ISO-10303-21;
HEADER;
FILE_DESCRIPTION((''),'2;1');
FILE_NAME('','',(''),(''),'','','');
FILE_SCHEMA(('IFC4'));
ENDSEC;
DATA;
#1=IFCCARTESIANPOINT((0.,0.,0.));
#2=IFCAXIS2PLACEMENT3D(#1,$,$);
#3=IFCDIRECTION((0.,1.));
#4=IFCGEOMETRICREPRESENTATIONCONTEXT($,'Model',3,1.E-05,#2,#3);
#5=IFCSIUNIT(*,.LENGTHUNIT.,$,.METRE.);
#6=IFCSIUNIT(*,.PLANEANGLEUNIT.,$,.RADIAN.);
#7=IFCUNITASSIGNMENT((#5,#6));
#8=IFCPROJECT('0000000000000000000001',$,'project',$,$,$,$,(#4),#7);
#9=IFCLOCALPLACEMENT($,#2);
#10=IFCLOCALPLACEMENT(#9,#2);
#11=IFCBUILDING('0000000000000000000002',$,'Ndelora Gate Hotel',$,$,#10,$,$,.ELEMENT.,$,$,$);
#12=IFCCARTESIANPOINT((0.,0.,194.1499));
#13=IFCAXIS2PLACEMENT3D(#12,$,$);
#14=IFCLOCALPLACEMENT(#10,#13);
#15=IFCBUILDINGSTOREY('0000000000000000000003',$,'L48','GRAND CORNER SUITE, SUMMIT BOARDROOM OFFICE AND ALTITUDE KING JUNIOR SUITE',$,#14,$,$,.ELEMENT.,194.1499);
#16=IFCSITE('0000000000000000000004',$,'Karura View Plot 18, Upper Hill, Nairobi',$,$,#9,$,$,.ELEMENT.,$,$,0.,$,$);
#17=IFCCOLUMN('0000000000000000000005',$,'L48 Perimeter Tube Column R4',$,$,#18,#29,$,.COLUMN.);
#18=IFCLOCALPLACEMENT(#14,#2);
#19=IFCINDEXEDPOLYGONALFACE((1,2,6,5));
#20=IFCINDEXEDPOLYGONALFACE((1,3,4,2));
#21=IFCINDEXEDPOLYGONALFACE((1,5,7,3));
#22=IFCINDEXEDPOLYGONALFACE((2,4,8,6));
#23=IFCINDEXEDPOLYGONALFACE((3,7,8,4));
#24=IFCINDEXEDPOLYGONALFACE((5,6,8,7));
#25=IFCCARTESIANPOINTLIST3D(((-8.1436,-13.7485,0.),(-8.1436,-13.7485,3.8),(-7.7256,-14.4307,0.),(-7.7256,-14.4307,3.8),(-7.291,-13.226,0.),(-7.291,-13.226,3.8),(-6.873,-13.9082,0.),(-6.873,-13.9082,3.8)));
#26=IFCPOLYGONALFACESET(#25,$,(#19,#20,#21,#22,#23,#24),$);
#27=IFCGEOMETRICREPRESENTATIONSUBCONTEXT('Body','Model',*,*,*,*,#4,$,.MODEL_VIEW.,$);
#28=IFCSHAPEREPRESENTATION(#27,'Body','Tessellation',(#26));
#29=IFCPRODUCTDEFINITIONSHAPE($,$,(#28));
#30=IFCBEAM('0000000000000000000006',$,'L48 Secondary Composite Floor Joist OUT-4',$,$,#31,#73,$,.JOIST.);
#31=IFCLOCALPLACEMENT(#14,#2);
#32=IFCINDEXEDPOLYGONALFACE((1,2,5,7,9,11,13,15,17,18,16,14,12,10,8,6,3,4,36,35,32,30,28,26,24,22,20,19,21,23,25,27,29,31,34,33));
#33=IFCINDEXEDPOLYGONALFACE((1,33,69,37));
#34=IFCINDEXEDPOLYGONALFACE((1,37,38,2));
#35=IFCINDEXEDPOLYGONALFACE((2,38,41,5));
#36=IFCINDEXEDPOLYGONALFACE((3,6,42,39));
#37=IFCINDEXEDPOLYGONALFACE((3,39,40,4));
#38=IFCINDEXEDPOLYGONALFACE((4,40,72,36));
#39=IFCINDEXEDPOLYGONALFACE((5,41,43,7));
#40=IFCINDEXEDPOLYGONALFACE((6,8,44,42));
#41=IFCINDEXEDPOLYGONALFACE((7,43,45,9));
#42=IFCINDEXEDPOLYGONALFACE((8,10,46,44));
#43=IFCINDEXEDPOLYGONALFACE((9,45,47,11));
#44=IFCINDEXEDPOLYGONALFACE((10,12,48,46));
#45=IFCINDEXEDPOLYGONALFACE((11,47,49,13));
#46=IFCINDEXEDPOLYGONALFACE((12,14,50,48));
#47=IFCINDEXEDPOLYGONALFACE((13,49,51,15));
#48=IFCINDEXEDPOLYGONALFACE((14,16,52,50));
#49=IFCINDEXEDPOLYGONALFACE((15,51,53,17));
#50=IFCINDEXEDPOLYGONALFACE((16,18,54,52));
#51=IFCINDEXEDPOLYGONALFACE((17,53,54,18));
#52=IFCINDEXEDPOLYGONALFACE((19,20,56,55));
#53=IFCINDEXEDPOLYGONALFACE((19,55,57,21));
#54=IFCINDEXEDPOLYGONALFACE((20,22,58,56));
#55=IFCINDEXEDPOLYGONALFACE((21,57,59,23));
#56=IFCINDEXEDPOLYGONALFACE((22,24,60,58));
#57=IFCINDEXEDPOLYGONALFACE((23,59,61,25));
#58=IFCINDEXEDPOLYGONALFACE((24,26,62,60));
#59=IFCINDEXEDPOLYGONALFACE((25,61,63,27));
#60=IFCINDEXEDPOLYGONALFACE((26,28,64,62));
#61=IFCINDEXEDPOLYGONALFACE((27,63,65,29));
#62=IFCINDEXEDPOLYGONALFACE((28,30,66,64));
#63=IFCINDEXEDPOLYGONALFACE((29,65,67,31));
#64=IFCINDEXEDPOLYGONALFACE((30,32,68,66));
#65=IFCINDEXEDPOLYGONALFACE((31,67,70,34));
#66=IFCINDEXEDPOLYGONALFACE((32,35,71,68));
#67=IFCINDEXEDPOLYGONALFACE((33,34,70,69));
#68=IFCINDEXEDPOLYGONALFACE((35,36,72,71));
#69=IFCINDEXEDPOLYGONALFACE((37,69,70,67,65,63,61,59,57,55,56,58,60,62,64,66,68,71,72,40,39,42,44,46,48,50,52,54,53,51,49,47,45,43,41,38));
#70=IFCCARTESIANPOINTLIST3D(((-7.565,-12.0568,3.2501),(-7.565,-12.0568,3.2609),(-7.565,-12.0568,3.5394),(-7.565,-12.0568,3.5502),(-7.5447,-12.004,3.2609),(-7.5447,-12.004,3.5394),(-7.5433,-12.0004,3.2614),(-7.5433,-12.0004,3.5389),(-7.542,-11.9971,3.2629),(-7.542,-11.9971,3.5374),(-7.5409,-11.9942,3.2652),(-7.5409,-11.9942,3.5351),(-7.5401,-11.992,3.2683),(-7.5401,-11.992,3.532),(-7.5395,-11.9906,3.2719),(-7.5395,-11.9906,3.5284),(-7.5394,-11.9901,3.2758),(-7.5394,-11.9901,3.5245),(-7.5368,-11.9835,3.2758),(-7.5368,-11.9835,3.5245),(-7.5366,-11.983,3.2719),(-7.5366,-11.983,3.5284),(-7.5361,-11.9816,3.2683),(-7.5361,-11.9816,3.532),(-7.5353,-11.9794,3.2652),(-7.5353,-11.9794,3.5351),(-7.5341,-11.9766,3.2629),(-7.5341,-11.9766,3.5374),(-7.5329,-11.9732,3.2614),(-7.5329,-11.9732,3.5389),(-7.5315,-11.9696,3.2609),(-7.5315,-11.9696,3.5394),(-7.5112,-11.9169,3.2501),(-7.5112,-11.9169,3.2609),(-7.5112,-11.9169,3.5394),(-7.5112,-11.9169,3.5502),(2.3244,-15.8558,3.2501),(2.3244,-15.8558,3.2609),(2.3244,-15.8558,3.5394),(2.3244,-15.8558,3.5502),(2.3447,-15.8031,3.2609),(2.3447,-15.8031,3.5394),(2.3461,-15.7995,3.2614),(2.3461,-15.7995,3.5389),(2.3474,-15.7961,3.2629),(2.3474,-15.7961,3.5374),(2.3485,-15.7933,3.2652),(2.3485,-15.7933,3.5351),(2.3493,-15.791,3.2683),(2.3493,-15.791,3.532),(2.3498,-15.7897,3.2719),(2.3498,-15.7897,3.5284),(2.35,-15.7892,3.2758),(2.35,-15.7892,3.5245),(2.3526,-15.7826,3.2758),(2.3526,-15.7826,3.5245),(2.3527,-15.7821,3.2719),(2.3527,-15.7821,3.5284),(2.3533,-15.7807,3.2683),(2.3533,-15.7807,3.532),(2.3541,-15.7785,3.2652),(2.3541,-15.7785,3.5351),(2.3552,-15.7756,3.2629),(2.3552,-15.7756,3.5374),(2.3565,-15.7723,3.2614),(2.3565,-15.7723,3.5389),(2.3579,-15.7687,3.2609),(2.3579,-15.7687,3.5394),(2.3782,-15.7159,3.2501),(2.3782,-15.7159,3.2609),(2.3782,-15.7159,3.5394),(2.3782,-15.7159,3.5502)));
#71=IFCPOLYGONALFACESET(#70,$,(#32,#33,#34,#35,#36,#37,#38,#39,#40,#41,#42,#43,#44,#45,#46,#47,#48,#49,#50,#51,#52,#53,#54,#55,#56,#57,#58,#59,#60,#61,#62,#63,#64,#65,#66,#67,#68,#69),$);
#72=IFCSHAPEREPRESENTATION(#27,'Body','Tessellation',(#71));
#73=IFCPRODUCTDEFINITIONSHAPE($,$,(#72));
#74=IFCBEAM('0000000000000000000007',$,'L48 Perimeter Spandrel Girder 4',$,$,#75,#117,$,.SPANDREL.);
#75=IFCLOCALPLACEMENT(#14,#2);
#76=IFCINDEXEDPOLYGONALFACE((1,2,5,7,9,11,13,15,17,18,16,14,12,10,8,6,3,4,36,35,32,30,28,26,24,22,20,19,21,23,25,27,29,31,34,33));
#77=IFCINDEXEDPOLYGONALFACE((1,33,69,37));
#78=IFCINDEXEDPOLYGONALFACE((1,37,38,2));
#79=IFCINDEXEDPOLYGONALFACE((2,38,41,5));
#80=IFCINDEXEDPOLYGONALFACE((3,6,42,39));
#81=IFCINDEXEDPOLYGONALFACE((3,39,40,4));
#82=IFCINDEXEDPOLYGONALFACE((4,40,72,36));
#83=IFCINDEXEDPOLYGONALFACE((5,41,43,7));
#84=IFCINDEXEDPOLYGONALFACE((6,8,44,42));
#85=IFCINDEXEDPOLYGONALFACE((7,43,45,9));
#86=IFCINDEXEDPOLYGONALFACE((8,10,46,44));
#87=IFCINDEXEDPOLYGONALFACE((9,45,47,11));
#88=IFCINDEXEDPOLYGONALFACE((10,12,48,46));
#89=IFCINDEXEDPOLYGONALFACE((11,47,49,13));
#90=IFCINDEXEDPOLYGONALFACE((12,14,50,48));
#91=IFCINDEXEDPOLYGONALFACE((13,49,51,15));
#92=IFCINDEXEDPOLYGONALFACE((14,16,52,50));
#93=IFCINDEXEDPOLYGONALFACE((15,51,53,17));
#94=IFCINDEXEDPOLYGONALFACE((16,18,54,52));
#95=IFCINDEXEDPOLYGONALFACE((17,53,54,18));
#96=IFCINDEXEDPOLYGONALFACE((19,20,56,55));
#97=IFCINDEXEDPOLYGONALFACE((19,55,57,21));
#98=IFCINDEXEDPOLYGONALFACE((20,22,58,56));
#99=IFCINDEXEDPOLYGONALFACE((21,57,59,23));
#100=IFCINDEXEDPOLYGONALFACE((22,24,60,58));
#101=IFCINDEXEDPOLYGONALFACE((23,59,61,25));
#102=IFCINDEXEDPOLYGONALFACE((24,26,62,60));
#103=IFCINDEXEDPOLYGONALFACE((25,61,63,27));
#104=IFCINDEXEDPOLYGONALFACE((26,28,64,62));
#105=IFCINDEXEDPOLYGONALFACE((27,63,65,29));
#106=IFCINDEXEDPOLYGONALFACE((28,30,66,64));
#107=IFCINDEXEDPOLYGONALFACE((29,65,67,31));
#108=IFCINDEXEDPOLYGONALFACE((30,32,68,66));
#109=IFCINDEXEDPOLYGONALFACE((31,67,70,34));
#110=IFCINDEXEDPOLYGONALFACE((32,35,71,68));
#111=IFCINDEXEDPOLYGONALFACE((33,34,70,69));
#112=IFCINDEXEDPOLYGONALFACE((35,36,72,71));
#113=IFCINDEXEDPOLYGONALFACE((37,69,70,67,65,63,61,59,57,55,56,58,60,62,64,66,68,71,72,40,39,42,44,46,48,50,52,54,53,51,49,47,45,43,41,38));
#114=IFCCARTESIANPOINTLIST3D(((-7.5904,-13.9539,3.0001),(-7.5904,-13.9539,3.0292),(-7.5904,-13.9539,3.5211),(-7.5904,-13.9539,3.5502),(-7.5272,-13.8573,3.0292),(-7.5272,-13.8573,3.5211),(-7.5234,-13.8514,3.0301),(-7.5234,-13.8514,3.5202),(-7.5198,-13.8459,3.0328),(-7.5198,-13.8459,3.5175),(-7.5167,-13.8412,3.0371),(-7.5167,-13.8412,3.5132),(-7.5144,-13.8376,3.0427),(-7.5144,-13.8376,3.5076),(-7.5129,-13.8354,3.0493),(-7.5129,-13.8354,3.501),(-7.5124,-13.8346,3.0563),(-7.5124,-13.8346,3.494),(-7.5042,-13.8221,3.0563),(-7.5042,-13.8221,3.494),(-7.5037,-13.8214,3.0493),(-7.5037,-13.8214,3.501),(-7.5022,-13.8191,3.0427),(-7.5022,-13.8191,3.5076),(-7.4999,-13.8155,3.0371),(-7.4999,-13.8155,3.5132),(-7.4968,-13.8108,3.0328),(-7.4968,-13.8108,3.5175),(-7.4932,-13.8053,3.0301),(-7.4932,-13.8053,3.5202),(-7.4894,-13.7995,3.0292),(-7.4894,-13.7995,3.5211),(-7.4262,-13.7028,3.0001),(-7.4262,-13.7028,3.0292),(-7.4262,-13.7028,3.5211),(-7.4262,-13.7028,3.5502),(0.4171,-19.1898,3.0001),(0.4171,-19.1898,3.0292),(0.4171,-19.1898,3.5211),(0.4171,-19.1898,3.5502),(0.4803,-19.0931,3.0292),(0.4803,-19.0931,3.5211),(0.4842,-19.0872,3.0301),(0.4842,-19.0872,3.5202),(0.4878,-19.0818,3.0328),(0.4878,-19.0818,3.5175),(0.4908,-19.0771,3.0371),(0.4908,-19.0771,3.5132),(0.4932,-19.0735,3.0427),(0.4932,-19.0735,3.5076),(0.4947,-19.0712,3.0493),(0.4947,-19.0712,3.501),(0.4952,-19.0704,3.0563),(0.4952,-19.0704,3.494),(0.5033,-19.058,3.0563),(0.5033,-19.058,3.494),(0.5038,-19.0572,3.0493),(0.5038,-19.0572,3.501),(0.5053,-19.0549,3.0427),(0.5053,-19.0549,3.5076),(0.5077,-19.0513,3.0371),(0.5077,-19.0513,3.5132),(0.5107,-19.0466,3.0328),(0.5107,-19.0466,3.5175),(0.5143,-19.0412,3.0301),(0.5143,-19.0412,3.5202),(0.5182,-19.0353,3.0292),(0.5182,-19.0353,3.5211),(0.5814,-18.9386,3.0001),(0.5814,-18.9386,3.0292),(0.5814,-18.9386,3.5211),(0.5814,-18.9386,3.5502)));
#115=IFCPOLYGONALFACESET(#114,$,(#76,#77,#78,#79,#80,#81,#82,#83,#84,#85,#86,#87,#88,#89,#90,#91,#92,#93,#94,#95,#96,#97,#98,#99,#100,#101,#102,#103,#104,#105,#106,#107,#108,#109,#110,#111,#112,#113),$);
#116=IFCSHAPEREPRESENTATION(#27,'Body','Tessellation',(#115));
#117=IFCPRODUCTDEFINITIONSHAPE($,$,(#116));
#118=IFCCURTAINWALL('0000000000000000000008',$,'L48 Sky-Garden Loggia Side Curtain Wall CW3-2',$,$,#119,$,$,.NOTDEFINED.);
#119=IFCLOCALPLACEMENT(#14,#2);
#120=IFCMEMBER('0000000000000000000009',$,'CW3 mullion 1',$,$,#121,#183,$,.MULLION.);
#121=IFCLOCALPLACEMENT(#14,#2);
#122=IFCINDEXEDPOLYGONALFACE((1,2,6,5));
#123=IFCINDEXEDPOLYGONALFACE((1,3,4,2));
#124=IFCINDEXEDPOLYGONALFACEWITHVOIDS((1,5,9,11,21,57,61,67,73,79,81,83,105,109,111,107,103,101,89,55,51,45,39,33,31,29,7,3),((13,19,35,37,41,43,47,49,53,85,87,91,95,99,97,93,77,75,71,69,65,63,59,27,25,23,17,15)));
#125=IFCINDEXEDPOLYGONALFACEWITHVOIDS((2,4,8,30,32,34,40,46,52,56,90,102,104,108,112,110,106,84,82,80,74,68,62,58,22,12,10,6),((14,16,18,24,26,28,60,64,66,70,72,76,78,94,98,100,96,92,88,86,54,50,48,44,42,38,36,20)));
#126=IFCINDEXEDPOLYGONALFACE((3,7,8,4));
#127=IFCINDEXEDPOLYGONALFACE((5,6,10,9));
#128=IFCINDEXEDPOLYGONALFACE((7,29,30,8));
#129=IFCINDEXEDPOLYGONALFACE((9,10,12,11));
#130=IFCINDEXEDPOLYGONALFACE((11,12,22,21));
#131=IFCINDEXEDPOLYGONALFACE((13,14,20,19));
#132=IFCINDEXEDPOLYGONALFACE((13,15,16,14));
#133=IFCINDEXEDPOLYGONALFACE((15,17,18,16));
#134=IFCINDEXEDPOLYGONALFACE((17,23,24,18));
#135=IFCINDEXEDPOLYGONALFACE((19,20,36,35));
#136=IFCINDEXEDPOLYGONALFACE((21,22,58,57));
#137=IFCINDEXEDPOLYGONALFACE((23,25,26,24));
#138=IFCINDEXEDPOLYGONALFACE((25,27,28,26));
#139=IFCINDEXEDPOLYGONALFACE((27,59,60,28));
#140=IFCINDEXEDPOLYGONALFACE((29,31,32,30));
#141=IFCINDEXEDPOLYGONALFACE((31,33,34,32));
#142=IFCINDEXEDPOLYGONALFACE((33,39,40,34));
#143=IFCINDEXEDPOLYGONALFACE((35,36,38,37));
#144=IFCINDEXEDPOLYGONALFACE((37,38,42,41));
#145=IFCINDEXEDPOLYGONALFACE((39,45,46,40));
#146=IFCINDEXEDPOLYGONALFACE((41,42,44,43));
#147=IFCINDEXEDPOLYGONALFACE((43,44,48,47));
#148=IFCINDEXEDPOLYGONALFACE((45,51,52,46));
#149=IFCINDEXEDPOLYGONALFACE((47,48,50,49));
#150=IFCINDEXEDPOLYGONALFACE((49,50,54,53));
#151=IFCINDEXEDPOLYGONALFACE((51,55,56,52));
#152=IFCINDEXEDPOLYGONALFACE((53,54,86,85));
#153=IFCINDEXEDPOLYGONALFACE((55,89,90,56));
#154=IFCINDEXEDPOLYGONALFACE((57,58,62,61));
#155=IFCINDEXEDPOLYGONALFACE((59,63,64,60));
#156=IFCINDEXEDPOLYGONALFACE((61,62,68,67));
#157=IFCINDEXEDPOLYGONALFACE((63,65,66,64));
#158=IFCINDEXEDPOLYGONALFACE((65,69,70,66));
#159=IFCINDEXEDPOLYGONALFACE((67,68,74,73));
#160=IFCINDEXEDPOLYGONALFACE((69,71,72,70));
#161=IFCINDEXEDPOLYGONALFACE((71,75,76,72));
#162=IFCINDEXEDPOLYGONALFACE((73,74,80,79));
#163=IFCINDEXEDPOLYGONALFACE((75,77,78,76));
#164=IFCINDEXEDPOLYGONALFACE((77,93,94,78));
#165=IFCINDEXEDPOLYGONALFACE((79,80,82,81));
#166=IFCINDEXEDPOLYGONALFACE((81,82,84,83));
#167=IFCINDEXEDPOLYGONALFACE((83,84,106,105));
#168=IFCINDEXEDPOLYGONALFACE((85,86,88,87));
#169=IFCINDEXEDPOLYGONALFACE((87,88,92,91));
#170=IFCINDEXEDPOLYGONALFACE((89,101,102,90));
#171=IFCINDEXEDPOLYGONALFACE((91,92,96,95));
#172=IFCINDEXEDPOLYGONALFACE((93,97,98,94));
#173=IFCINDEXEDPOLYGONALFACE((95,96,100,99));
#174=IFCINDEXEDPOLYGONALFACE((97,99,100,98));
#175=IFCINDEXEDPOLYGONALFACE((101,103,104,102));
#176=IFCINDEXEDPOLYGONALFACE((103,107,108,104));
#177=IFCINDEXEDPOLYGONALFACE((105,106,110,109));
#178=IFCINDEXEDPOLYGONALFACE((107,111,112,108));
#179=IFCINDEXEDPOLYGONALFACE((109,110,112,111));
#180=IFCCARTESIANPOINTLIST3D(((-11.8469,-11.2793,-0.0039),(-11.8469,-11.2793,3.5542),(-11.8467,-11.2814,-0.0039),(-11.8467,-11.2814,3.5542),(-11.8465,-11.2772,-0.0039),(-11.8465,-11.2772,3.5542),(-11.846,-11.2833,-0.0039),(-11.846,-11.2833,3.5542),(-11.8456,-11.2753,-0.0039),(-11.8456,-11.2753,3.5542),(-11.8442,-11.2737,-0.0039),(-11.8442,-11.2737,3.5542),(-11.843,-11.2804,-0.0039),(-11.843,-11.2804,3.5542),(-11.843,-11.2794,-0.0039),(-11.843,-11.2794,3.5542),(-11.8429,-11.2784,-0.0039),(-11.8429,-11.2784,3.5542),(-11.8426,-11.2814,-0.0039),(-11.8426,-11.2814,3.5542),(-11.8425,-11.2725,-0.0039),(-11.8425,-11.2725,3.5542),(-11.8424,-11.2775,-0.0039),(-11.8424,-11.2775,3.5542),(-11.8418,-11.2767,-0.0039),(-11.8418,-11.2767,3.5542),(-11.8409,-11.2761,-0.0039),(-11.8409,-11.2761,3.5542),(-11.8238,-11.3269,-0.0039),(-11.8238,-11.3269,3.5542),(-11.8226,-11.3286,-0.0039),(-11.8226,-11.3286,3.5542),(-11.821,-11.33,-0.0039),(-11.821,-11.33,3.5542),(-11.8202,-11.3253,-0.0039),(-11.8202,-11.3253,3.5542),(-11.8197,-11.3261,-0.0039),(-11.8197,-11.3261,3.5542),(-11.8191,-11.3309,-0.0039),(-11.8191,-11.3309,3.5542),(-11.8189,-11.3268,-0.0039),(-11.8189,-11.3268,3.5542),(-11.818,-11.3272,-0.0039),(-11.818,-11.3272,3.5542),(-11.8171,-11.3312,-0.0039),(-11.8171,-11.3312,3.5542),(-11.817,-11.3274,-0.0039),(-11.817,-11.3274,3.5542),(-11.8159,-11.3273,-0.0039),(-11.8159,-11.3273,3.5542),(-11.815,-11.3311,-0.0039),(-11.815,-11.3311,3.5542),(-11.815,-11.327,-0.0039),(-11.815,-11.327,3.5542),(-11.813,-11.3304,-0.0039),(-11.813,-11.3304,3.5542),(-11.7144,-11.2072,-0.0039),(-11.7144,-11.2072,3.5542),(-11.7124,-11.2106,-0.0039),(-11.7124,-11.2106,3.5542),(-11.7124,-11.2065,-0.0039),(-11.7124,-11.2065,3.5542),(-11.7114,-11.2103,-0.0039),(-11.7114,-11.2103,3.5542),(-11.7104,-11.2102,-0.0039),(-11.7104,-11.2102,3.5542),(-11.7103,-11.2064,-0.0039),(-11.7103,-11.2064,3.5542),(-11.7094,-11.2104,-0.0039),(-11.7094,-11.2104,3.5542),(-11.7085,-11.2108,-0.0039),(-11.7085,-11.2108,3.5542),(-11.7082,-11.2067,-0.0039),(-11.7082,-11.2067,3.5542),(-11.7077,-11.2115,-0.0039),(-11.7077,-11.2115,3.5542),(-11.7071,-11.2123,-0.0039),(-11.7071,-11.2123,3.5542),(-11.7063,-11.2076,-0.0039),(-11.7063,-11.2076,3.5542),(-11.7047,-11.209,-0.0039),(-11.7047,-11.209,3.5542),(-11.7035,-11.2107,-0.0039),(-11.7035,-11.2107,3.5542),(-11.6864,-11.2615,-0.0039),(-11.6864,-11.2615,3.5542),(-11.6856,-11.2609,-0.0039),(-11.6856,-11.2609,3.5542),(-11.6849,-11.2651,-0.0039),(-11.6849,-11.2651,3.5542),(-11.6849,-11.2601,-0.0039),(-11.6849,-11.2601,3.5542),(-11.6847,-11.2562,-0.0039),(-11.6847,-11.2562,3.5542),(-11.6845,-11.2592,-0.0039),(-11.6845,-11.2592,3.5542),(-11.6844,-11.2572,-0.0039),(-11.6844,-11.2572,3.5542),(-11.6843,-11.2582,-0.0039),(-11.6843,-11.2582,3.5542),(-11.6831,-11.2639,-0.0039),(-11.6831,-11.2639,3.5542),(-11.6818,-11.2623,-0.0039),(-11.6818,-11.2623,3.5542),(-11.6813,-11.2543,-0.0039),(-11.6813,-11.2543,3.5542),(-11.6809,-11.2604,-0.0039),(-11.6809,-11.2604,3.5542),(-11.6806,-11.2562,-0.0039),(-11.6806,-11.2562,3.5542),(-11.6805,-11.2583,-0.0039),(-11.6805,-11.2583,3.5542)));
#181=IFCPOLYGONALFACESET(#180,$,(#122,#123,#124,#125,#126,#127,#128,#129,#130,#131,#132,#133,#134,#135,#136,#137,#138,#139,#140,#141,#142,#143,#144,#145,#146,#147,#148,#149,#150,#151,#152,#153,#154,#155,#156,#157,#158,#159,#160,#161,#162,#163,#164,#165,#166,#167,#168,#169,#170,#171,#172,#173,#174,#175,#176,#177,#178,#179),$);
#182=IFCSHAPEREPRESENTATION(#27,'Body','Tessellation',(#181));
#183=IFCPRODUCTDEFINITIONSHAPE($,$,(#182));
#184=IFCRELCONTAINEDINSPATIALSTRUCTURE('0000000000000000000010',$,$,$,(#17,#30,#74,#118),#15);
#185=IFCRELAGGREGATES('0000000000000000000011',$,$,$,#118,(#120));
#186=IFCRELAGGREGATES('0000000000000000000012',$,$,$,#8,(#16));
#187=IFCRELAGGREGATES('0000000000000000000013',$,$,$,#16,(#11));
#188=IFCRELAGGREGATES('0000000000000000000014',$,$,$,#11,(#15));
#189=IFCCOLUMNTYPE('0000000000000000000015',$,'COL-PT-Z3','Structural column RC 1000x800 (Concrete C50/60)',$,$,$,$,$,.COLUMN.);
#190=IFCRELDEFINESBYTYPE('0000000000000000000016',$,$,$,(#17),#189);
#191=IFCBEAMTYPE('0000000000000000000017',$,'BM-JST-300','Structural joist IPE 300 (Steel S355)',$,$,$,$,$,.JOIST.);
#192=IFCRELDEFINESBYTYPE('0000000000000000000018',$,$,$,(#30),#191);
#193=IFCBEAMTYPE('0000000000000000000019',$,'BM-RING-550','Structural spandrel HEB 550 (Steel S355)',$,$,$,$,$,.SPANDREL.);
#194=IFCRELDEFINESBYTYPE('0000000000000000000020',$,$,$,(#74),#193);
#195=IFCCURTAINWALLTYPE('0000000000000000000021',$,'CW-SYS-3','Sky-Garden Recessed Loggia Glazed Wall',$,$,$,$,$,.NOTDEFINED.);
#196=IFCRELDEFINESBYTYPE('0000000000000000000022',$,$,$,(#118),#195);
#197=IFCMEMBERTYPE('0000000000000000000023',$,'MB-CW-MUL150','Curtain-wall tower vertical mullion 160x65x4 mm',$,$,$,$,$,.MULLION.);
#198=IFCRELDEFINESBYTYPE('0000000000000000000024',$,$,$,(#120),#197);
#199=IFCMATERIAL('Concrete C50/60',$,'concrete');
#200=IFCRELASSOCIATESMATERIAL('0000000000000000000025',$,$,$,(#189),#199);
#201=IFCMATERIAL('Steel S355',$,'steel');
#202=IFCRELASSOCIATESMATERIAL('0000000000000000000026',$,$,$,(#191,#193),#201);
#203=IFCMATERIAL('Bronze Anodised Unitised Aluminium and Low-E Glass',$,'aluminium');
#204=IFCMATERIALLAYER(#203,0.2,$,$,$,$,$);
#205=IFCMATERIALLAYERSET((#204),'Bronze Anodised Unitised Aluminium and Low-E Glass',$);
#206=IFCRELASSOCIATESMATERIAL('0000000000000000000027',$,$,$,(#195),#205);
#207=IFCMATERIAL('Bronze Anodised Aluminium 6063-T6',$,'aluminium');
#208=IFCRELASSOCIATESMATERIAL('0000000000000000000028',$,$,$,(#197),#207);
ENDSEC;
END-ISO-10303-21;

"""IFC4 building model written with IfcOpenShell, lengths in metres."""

from ifc_helpers import new_model, si_unit, direction, frame, origin, origin_2d, place, context, subcontext, project, spatial, rectangle, hollow_rectangle, i_section, extrude, material, layer, layer_set, material_profile, profile_set, type_object, element, aggregate, save


model = new_model("IFC4")

# Units and contexts
model_context = context("Model", 3, precision=1e-05, world=origin(), true_north=direction((0.0, 1.0)))
body_context = subcontext(model_context, "Body", "Model", "MODEL_VIEW")
ifc_project = project(units=[si_unit("LENGTHUNIT", "METRE"), si_unit("PLANEANGLEUNIT", "RADIAN")], contexts=[model_context])

# Site, building, storey
site_placement = place(None, origin())
site = spatial("IfcSite", under=ifc_project, at=site_placement, Name="Karura View Plot 18, Upper Hill, Nairobi", CompositionType="ELEMENT", RefElevation=0.0)
building_placement = place(site_placement, origin())
building = spatial("IfcBuilding", under=site, at=building_placement, Name="Ndelora Gate Hotel", CompositionType="ELEMENT")
storey_placement = place(building_placement, frame((0.0, 0.0, 194.1499)))
storey = spatial("IfcBuildingStorey", under=building, at=storey_placement, Name="L48", Description="GRAND CORNER SUITE, SUMMIT BOARDROOM OFFICE AND ALTITUDE KING JUNIOR SUITE", CompositionType="ELEMENT", Elevation=194.1499)

# Column
ifc_material_1 = material(Name="Concrete C50/60", Category="concrete")
ifc_material_profile_1 = material_profile(ifc_material_1, rectangle(XDim=0.8, YDim=1.0, at=origin_2d()), Name="RC 1000x800")
ifc_profile_set_1 = profile_set([ifc_material_profile_1], Name="Concrete C50/60")
column_type = type_object("IfcColumnType", Name="COL-PT-Z3", Description="Structural column RC 1000x800 (Concrete C50/60)", PredefinedType="COLUMN", material=ifc_profile_set_1)
column_placement = place(storey_placement, frame((-7.5083, -13.8284, 0.0), z_axis=(0.0, 0.0, 1.0), x_axis=(-0.522499, 0.85264, 0.0)))
element("IfcColumn", 1, at=column_placement, inside=storey, type_object=column_type, Name="L48 Perimeter Tube Column R4", PredefinedType="COLUMN", context=body_context, shape_type="SweptSolid", body=[
    extrude(rectangle(XDim=0.8, YDim=1.0, at=origin_2d()), origin(), (0.0, 0.0, 1.0), 3.8),
])

# Beams
ifc_material_2 = material(Name="Steel S355", Category="steel")
ifc_material_profile_2 = material_profile(ifc_material_2, i_section(OverallWidth=0.1499, OverallDepth=0.3, WebThickness=0.0071, FlangeThickness=0.0107, FilletRadius=0.0149, at=origin_2d()), Name="IPE 300")
ifc_profile_set_2 = profile_set([ifc_material_profile_2], Name="Steel S355")
beam_type_1 = type_object("IfcBeamType", Name="BM-JST-300", Description="Structural joist IPE 300 (Steel S355)", PredefinedType="JOIST", material=ifc_profile_set_2)
beam_1_placement = place(storey_placement, frame((-7.5381, -11.9868, 3.4001), z_axis=(0.933489, -0.358605, 0.0), x_axis=(0.358605, 0.933489, 0.0)))
element("IfcBeam", 2, at=beam_1_placement, inside=storey, type_object=beam_type_1, Name="L48 Secondary Composite Floor Joist OUT-4", PredefinedType="JOIST", context=body_context, shape_type="SweptSolid", body=[
    extrude(i_section(OverallWidth=0.1499, OverallDepth=0.3, WebThickness=0.0071, FlangeThickness=0.0107, FilletRadius=0.0149, at=origin_2d()), origin(), (0.0, 0.0, 1.0), 10.594),
])
ifc_material_profile_3 = material_profile(ifc_material_2, i_section(OverallWidth=0.3, OverallDepth=0.55, WebThickness=0.0149, FlangeThickness=0.0291, FilletRadius=0.0271, at=origin_2d()), Name="HEB 550")
ifc_profile_set_3 = profile_set([ifc_material_profile_3], Name="Steel S355")
beam_type_2 = type_object("IfcBeamType", Name="BM-RING-550", Description="Structural spandrel HEB 550 (Steel S355)", PredefinedType="SPANDREL", material=ifc_profile_set_3)
beam_2_placement = place(storey_placement, frame((-7.5083, -13.8284, 3.2751), z_axis=(0.836964, -0.547258, 0.0), x_axis=(0.547258, 0.836964, 0.0)))
element("IfcBeam", 3, at=beam_2_placement, inside=storey, type_object=beam_type_2, Name="L48 Perimeter Spandrel Girder 4", PredefinedType="SPANDREL", context=body_context, shape_type="SweptSolid", body=[
    extrude(i_section(OverallWidth=0.3, OverallDepth=0.55, WebThickness=0.0149, FlangeThickness=0.0291, FilletRadius=0.0271, at=origin_2d()), origin(), (0.0, 0.0, 1.0), 9.5674),
])

# Curtain wall, member
ifc_material_3 = material(Name="Bronze Anodised Unitised Aluminium and Low-E Glass", Category="aluminium")
ifc_layer_1 = layer(ifc_material_3, 0.2)
ifc_layer_set_1 = layer_set([ifc_layer_1], Name="Bronze Anodised Unitised Aluminium and Low-E Glass")
curtain_wall_type = type_object("IfcCurtainWallType", Name="CW-SYS-3", Description="Sky-Garden Recessed Loggia Glazed Wall", PredefinedType="NOTDEFINED", material=ifc_layer_set_1)
curtain_wall_placement = place(storey_placement, origin())
curtain_wall = element("IfcCurtainWall", 4, at=curtain_wall_placement, inside=storey, type_object=curtain_wall_type, Name="L48 Sky-Garden Loggia Side Curtain Wall CW3-2", PredefinedType="NOTDEFINED")
ifc_material_4 = material(Name="Bronze Anodised Aluminium 6063-T6", Category="aluminium")
ifc_material_profile_4 = material_profile(ifc_material_4, hollow_rectangle(XDim=0.0649, YDim=0.1599, WallThickness=0.0039, InnerFilletRadius=0.0039, OuterFilletRadius=0.0081, at=origin_2d()), Name="ALU 160x65x4")
ifc_profile_set_4 = profile_set([ifc_material_profile_4], Name="Bronze Anodised Aluminium 6063-T6")
member_type_1 = type_object("IfcMemberType", Name="MB-CW-MUL150", Description="Curtain-wall tower vertical mullion 160x65x4 mm", PredefinedType="MULLION", material=ifc_profile_set_4)
member_1_placement = place(storey_placement, frame((-11.7637, -11.2688, -0.0039), z_axis=(0.0, 0.0, 1.0), x_axis=(-0.454001, 0.891001, 0.0)))
member_1 = element("IfcMember", 5, at=member_1_placement, type_object=member_type_1, Name="CW3 mullion 1", PredefinedType="MULLION", context=body_context, shape_type="SweptSolid", body=[
    extrude(hollow_rectangle(XDim=0.0649, YDim=0.1599, WallThickness=0.0039, InnerFilletRadius=0.0039, OuterFilletRadius=0.0081, at=origin_2d()), origin(), (0.0, 0.0, 1.0), 3.5581),
])
aggregate(curtain_wall, [member_1])

save(model, "model.ifc")
